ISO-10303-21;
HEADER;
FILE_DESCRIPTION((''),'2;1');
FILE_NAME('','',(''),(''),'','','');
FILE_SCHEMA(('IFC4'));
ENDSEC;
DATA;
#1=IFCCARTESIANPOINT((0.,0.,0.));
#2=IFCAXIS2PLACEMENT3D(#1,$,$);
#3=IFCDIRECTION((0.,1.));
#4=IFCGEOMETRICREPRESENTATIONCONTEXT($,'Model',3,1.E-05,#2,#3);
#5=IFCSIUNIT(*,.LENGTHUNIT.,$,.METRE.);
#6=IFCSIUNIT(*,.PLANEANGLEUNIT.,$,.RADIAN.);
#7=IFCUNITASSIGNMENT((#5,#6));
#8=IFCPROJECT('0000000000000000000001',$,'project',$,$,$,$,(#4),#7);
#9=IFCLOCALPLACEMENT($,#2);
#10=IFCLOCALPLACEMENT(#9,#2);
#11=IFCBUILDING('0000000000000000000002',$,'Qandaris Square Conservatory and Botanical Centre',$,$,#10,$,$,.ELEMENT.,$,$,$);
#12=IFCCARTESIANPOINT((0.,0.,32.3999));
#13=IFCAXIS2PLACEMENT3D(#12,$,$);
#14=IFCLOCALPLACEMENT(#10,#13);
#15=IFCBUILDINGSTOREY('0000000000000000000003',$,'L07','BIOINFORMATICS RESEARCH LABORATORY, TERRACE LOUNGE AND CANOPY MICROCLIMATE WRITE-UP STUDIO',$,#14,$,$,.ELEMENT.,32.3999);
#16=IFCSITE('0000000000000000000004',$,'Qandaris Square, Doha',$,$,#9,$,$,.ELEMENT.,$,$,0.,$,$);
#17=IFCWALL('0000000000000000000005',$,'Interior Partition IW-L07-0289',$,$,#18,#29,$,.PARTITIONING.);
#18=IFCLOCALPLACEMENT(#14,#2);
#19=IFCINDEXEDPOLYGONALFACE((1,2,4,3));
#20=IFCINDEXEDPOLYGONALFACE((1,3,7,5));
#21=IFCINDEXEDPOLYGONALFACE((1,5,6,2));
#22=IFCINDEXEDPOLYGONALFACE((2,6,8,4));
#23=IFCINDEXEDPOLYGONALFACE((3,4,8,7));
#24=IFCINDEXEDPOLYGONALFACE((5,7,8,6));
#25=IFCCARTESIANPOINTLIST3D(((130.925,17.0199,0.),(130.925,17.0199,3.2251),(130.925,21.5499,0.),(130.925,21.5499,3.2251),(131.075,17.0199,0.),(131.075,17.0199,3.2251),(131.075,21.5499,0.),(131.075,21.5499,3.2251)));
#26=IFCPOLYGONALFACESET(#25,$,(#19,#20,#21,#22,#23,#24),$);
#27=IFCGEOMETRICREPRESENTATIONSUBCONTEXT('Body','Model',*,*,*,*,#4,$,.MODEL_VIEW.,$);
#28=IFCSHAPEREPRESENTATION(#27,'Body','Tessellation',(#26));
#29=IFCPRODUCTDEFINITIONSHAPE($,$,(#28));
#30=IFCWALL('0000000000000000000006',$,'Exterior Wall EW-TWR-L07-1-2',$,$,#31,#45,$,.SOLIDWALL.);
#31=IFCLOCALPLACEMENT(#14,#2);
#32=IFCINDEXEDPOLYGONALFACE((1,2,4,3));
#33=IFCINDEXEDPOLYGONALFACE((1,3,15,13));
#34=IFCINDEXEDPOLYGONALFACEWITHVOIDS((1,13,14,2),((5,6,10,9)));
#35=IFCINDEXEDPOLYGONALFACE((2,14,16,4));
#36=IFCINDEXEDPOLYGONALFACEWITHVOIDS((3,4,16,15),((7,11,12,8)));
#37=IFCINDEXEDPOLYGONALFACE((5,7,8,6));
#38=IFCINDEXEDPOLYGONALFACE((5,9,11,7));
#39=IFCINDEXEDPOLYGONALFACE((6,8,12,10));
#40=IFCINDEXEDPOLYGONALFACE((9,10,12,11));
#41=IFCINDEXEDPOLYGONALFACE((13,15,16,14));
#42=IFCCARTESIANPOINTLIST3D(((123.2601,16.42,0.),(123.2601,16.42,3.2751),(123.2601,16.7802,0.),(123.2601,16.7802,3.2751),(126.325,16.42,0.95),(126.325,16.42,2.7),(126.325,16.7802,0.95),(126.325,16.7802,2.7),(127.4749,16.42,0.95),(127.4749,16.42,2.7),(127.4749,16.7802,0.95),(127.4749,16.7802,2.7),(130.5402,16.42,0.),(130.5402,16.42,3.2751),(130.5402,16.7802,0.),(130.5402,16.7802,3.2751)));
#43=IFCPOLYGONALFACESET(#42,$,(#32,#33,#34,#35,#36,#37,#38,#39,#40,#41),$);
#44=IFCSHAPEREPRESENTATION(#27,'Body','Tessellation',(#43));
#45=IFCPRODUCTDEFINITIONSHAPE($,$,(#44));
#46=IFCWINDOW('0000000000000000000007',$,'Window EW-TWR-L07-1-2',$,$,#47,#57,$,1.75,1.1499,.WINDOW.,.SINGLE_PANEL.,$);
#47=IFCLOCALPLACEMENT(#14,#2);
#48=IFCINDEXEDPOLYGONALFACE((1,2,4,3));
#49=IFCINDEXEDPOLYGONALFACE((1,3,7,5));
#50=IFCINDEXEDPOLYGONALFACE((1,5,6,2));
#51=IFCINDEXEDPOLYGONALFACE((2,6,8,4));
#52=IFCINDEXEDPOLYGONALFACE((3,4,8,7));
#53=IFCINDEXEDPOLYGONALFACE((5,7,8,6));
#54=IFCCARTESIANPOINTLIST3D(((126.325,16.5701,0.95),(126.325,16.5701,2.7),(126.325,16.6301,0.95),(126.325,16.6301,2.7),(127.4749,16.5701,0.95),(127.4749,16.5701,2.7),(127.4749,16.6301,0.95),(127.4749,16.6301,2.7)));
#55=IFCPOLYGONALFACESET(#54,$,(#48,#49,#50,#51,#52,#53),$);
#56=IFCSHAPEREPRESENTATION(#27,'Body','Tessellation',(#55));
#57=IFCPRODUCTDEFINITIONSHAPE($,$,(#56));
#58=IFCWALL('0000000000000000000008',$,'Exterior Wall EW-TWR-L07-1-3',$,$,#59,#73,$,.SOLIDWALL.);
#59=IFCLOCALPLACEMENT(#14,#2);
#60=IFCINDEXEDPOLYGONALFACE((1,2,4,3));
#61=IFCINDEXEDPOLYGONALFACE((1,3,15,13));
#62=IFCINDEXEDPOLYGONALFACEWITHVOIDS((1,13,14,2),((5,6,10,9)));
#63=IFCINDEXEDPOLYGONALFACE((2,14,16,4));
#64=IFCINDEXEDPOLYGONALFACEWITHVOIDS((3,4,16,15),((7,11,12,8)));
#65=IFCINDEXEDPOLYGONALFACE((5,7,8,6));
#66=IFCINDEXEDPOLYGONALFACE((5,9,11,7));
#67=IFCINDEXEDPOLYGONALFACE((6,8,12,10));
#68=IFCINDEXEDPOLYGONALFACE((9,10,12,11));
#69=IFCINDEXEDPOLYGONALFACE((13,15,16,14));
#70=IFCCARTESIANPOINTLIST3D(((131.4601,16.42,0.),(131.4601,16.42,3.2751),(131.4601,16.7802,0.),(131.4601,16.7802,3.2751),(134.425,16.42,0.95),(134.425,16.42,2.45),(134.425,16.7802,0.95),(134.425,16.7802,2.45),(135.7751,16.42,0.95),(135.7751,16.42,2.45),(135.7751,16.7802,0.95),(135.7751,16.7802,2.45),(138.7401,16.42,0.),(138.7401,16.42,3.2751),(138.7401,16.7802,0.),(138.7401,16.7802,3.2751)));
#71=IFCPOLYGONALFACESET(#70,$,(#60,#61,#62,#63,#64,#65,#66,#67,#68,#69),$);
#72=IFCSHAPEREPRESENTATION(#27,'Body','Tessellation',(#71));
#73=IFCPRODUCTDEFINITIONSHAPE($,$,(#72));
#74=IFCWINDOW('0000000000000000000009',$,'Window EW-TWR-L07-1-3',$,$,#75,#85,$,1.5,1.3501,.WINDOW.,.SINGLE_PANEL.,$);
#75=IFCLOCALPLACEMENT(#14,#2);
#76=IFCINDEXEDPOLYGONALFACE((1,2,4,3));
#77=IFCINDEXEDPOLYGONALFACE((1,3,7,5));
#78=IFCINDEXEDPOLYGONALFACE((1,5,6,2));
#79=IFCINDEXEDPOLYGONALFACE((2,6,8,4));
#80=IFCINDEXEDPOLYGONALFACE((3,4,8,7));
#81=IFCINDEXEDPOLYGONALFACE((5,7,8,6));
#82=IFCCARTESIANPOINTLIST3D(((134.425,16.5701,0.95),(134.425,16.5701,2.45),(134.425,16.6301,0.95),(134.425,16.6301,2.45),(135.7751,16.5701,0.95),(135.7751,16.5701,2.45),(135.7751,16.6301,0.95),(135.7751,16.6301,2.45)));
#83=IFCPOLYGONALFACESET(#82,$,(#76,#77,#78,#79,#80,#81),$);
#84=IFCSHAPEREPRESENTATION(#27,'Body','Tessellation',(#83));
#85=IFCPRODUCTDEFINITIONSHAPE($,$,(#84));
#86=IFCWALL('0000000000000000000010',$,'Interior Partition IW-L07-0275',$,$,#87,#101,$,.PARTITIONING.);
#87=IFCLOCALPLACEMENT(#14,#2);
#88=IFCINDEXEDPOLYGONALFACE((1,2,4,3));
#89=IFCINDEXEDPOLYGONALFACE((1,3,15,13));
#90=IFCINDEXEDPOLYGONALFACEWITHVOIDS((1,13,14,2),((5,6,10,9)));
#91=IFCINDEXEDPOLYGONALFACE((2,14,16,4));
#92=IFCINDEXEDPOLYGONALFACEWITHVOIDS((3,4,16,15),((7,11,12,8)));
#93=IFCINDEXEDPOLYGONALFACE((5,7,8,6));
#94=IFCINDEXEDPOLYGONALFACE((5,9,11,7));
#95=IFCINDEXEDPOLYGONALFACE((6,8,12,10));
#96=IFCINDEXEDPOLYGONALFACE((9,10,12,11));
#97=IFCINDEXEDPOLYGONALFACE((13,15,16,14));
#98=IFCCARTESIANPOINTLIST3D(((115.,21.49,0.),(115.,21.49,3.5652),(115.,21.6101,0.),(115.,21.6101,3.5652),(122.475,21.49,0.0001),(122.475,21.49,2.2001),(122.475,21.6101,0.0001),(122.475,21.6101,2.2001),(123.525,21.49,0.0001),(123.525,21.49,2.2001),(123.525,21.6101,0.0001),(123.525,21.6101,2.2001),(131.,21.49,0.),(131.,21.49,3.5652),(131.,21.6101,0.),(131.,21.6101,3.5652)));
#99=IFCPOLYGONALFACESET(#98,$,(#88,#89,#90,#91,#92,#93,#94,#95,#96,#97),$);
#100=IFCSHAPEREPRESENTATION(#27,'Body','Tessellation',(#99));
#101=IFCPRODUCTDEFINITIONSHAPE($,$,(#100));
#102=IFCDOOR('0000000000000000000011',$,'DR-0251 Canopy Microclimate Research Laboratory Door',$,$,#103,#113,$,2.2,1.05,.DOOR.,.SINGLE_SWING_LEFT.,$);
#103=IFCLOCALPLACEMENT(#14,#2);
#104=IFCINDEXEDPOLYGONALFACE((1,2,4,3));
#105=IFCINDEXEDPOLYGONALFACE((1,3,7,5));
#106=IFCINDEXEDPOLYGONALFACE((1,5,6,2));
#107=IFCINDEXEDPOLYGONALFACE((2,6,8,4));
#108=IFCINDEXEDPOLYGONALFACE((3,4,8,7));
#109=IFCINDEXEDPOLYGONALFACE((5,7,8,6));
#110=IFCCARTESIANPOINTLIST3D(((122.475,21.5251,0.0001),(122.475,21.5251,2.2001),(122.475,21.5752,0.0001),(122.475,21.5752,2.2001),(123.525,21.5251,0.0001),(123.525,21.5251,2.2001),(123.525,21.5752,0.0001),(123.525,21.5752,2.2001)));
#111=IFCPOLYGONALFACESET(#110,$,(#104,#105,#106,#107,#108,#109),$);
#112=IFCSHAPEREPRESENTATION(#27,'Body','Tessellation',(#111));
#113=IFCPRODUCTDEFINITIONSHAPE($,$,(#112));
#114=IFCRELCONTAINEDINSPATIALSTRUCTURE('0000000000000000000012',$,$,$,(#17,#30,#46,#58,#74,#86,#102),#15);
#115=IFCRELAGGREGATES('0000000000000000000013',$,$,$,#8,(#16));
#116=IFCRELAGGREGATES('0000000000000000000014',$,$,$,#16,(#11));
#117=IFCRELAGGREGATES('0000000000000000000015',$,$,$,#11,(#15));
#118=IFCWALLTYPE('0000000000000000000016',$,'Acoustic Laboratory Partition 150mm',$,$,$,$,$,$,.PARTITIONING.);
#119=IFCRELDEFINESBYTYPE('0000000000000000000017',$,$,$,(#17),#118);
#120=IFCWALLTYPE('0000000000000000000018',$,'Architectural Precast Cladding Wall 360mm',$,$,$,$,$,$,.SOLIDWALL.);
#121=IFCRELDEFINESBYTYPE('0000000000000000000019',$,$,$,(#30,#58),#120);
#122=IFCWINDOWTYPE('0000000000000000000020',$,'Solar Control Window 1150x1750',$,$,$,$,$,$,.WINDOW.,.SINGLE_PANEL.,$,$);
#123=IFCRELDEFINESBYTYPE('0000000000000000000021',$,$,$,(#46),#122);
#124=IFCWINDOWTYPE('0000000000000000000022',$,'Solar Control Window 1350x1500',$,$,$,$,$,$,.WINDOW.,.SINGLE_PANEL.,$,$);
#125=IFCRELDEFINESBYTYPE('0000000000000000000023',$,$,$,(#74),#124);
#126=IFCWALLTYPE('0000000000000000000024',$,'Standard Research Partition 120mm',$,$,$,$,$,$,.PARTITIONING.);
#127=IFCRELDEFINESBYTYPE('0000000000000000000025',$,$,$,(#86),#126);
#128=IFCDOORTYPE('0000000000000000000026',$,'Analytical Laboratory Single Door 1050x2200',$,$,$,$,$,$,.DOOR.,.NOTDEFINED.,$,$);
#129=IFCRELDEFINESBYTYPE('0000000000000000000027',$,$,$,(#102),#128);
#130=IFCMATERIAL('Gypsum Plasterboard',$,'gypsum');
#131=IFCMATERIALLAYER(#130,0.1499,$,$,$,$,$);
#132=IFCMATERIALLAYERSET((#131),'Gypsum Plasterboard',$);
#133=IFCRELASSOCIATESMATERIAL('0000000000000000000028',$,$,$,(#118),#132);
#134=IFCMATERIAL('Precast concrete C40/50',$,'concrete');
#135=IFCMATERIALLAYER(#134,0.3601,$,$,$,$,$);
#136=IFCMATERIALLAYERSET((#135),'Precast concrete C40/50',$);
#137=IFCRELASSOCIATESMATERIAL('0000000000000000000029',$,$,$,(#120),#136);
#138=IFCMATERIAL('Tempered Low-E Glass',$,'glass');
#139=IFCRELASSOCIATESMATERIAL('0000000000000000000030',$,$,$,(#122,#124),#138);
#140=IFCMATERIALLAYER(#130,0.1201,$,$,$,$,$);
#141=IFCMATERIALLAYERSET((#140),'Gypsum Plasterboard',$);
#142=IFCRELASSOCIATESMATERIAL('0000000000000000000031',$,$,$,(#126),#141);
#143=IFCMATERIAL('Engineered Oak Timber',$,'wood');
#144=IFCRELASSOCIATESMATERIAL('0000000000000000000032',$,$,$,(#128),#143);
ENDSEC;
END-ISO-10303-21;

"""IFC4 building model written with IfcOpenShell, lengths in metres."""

from ifc_helpers import new_model, si_unit, direction, frame, frame_2d, origin, place, context, subcontext, project, spatial, rectangle, extrude, material, layer, layer_set, type_object, element, fill, save


model = new_model("IFC4")

# Units and contexts
model_context = context("Model", 3, precision=1e-05, world=origin(), true_north=direction((0.0, 1.0)))
body_context = subcontext(model_context, "Body", "Model", "MODEL_VIEW")
ifc_project = project(units=[si_unit("LENGTHUNIT", "METRE"), si_unit("PLANEANGLEUNIT", "RADIAN")], contexts=[model_context])

# Site, building, storey
site_placement = place(None, origin())
site = spatial("IfcSite", under=ifc_project, at=site_placement, Name="Qandaris Square, Doha", CompositionType="ELEMENT", RefElevation=0.0)
building_placement = place(site_placement, origin())
building = spatial("IfcBuilding", under=site, at=building_placement, Name="Qandaris Square Conservatory and Botanical Centre", CompositionType="ELEMENT")
storey_placement = place(building_placement, frame((0.0, 0.0, 32.3999)))
storey = spatial("IfcBuildingStorey", under=building, at=storey_placement, Name="L07", Description="BIOINFORMATICS RESEARCH LABORATORY, TERRACE LOUNGE AND CANOPY MICROCLIMATE WRITE-UP STUDIO", CompositionType="ELEMENT", Elevation=32.3999)

# Wall
ifc_material_1 = material(Name="Gypsum Plasterboard", Category="gypsum")
ifc_layer_1 = layer(ifc_material_1, 0.1499)
ifc_layer_set_1 = layer_set([ifc_layer_1], Name="Gypsum Plasterboard")
wall_type_1 = type_object("IfcWallType", Name="Acoustic Laboratory Partition 150mm", PredefinedType="PARTITIONING", material=ifc_layer_set_1)
wall_1_placement = place(storey_placement, frame((131.0, 21.55, 0.0), z_axis=(0.0, 0.0, 1.0), x_axis=(0.0, -1.0, 0.0)))
element("IfcWall", 1, at=wall_1_placement, inside=storey, type_object=wall_type_1, Name="Interior Partition IW-L07-0289", PredefinedType="PARTITIONING", context=body_context, shape_type="SweptSolid", body=[
    extrude(rectangle(XDim=4.53, YDim=0.1499, at=frame_2d((2.2651, 0.0))), origin(), (0.0, 0.0, 1.0), 3.2251),
])

# Walls, openings, windows
ifc_material_2 = material(Name="Precast concrete C40/50", Category="concrete")
ifc_layer_2 = layer(ifc_material_2, 0.3601)
ifc_layer_set_2 = layer_set([ifc_layer_2], Name="Precast concrete C40/50")
wall_type_2 = type_object("IfcWallType", Name="Architectural Precast Cladding Wall 360mm", PredefinedType="SOLIDWALL", material=ifc_layer_set_2)
wall_2_placement = place(storey_placement, frame((123.26, 16.6001, 0.0), z_axis=(0.0, 0.0, 1.0), x_axis=(1.0, 0.0, 0.0)))
wall_2 = element("IfcWall", 2, at=wall_2_placement, inside=storey, type_object=wall_type_2, Name="Exterior Wall EW-TWR-L07-1-2", PredefinedType="SOLIDWALL", context=body_context, shape_type="SweptSolid", body=[
    extrude(rectangle(XDim=7.28, YDim=0.3601, at=frame_2d((3.6401, 0.0))), origin(), (0.0, 0.0, 1.0), 3.2751),
])
opening_1_placement = place(wall_2_placement, frame((3.0649, 0.0, 0.95)))
opening_1 = element("IfcOpeningElement", 3, at=opening_1_placement, cuts=wall_2, PredefinedType="OPENING", context=body_context, shape_type="SweptSolid", body=[
    extrude(rectangle(XDim=1.1499, YDim=1.75, at=frame_2d((0.575, 0.875))), frame((0.0, 0.1919, 0.0), z_axis=(0.0, -1.0, 0.0), x_axis=(1.0, 0.0, 0.0)), (0.0, 0.0, 1.0), 0.384),
])
ifc_material_3 = material(Name="Tempered Low-E Glass", Category="glass")
window_type_1 = type_object("IfcWindowType", Name="Solar Control Window 1150x1750", PartitioningType="SINGLE_PANEL", PredefinedType="WINDOW", material=ifc_material_3)
window_1_placement = place(opening_1_placement, origin())
window_1 = element("IfcWindow", 4, at=window_1_placement, inside=storey, type_object=window_type_1, Name="Window EW-TWR-L07-1-2", OverallHeight=1.75, OverallWidth=1.1499, PartitioningType="SINGLE_PANEL", PredefinedType="WINDOW", context=body_context, shape_type="SweptSolid", body=[
    extrude(rectangle(XDim=1.1499, YDim=1.75, at=frame_2d((0.575, 0.875))), frame((0.0, 0.03, 0.0), z_axis=(0.0, -1.0, 0.0), x_axis=(1.0, 0.0, 0.0)), (0.0, 0.0, 1.0), 0.0601),
])
fill(opening_1, window_1)
wall_3_placement = place(storey_placement, frame((131.46, 16.6001, 0.0), z_axis=(0.0, 0.0, 1.0), x_axis=(1.0, 0.0, 0.0)))
wall_3 = element("IfcWall", 5, at=wall_3_placement, inside=storey, type_object=wall_type_2, Name="Exterior Wall EW-TWR-L07-1-3", PredefinedType="SOLIDWALL", context=body_context, shape_type="SweptSolid", body=[
    extrude(rectangle(XDim=7.28, YDim=0.3601, at=frame_2d((3.6401, 0.0))), origin(), (0.0, 0.0, 1.0), 3.2751),
])
opening_2_placement = place(wall_3_placement, frame((2.9651, 0.0, 0.95)))
opening_2 = element("IfcOpeningElement", 6, at=opening_2_placement, cuts=wall_3, PredefinedType="OPENING", context=body_context, shape_type="SweptSolid", body=[
    extrude(rectangle(XDim=1.3501, YDim=1.5, at=frame_2d((0.675, 0.75))), frame((0.0, 0.1919, 0.0), z_axis=(0.0, -1.0, 0.0), x_axis=(1.0, 0.0, 0.0)), (0.0, 0.0, 1.0), 0.384),
])
window_type_2 = type_object("IfcWindowType", Name="Solar Control Window 1350x1500", PartitioningType="SINGLE_PANEL", PredefinedType="WINDOW", material=ifc_material_3)
window_2_placement = place(opening_2_placement, origin())
window_2 = element("IfcWindow", 7, at=window_2_placement, inside=storey, type_object=window_type_2, Name="Window EW-TWR-L07-1-3", OverallHeight=1.5, OverallWidth=1.3501, PartitioningType="SINGLE_PANEL", PredefinedType="WINDOW", context=body_context, shape_type="SweptSolid", body=[
    extrude(rectangle(XDim=1.3501, YDim=1.5, at=frame_2d((0.675, 0.75))), frame((0.0, 0.03, 0.0), z_axis=(0.0, -1.0, 0.0), x_axis=(1.0, 0.0, 0.0)), (0.0, 0.0, 1.0), 0.0601),
])
fill(opening_2, window_2)

# Wall, opening, door
ifc_layer_3 = layer(ifc_material_1, 0.1201)
ifc_layer_set_3 = layer_set([ifc_layer_3], Name="Gypsum Plasterboard")
wall_type_3 = type_object("IfcWallType", Name="Standard Research Partition 120mm", PredefinedType="PARTITIONING", material=ifc_layer_set_3)
wall_4_placement = place(storey_placement, frame((131.0, 21.55, 0.0), z_axis=(0.0, 0.0, 1.0), x_axis=(-1.0, 0.0, 0.0)))
wall_4 = element("IfcWall", 8, at=wall_4_placement, inside=storey, type_object=wall_type_3, Name="Interior Partition IW-L07-0275", PredefinedType="PARTITIONING", context=body_context, shape_type="SweptSolid", body=[
    extrude(rectangle(XDim=16.0, YDim=0.1201, at=frame_2d((8.0, 0.0))), origin(), (0.0, 0.0, 1.0), 3.5652),
])
opening_3_placement = place(wall_4_placement, frame((7.4751, 0.0, 0.0)))
opening_3 = element("IfcOpeningElement", 9, at=opening_3_placement, cuts=wall_4, PredefinedType="OPENING", context=body_context, shape_type="SweptSolid", body=[
    extrude(rectangle(XDim=1.05, YDim=2.2, at=frame_2d((0.5249, 1.1001))), frame((0.0, 0.072, 0.0), z_axis=(0.0, -1.0, 0.0), x_axis=(1.0, 0.0, 0.0)), (0.0, 0.0, 1.0), 0.144),
])
ifc_material_4 = material(Name="Engineered Oak Timber", Category="wood")
door_type = type_object("IfcDoorType", Name="Analytical Laboratory Single Door 1050x2200", OperationType="NOTDEFINED", PredefinedType="DOOR", material=ifc_material_4)
door_placement = place(opening_3_placement, origin())
door = element("IfcDoor", 10, at=door_placement, inside=storey, type_object=door_type, Name="DR-0251 Canopy Microclimate Research Laboratory Door", OperationType="SINGLE_SWING_LEFT", OverallHeight=2.2, OverallWidth=1.05, PredefinedType="DOOR", context=body_context, shape_type="SweptSolid", body=[
    extrude(rectangle(XDim=1.05, YDim=2.2, at=frame_2d((0.5249, 1.1001))), frame((0.0, 0.0249, 0.0), z_axis=(0.0, -1.0, 0.0), x_axis=(1.0, 0.0, 0.0)), (0.0, 0.0, 1.0), 0.05),
])
fill(opening_3, door)

save(model, "model.ifc")
